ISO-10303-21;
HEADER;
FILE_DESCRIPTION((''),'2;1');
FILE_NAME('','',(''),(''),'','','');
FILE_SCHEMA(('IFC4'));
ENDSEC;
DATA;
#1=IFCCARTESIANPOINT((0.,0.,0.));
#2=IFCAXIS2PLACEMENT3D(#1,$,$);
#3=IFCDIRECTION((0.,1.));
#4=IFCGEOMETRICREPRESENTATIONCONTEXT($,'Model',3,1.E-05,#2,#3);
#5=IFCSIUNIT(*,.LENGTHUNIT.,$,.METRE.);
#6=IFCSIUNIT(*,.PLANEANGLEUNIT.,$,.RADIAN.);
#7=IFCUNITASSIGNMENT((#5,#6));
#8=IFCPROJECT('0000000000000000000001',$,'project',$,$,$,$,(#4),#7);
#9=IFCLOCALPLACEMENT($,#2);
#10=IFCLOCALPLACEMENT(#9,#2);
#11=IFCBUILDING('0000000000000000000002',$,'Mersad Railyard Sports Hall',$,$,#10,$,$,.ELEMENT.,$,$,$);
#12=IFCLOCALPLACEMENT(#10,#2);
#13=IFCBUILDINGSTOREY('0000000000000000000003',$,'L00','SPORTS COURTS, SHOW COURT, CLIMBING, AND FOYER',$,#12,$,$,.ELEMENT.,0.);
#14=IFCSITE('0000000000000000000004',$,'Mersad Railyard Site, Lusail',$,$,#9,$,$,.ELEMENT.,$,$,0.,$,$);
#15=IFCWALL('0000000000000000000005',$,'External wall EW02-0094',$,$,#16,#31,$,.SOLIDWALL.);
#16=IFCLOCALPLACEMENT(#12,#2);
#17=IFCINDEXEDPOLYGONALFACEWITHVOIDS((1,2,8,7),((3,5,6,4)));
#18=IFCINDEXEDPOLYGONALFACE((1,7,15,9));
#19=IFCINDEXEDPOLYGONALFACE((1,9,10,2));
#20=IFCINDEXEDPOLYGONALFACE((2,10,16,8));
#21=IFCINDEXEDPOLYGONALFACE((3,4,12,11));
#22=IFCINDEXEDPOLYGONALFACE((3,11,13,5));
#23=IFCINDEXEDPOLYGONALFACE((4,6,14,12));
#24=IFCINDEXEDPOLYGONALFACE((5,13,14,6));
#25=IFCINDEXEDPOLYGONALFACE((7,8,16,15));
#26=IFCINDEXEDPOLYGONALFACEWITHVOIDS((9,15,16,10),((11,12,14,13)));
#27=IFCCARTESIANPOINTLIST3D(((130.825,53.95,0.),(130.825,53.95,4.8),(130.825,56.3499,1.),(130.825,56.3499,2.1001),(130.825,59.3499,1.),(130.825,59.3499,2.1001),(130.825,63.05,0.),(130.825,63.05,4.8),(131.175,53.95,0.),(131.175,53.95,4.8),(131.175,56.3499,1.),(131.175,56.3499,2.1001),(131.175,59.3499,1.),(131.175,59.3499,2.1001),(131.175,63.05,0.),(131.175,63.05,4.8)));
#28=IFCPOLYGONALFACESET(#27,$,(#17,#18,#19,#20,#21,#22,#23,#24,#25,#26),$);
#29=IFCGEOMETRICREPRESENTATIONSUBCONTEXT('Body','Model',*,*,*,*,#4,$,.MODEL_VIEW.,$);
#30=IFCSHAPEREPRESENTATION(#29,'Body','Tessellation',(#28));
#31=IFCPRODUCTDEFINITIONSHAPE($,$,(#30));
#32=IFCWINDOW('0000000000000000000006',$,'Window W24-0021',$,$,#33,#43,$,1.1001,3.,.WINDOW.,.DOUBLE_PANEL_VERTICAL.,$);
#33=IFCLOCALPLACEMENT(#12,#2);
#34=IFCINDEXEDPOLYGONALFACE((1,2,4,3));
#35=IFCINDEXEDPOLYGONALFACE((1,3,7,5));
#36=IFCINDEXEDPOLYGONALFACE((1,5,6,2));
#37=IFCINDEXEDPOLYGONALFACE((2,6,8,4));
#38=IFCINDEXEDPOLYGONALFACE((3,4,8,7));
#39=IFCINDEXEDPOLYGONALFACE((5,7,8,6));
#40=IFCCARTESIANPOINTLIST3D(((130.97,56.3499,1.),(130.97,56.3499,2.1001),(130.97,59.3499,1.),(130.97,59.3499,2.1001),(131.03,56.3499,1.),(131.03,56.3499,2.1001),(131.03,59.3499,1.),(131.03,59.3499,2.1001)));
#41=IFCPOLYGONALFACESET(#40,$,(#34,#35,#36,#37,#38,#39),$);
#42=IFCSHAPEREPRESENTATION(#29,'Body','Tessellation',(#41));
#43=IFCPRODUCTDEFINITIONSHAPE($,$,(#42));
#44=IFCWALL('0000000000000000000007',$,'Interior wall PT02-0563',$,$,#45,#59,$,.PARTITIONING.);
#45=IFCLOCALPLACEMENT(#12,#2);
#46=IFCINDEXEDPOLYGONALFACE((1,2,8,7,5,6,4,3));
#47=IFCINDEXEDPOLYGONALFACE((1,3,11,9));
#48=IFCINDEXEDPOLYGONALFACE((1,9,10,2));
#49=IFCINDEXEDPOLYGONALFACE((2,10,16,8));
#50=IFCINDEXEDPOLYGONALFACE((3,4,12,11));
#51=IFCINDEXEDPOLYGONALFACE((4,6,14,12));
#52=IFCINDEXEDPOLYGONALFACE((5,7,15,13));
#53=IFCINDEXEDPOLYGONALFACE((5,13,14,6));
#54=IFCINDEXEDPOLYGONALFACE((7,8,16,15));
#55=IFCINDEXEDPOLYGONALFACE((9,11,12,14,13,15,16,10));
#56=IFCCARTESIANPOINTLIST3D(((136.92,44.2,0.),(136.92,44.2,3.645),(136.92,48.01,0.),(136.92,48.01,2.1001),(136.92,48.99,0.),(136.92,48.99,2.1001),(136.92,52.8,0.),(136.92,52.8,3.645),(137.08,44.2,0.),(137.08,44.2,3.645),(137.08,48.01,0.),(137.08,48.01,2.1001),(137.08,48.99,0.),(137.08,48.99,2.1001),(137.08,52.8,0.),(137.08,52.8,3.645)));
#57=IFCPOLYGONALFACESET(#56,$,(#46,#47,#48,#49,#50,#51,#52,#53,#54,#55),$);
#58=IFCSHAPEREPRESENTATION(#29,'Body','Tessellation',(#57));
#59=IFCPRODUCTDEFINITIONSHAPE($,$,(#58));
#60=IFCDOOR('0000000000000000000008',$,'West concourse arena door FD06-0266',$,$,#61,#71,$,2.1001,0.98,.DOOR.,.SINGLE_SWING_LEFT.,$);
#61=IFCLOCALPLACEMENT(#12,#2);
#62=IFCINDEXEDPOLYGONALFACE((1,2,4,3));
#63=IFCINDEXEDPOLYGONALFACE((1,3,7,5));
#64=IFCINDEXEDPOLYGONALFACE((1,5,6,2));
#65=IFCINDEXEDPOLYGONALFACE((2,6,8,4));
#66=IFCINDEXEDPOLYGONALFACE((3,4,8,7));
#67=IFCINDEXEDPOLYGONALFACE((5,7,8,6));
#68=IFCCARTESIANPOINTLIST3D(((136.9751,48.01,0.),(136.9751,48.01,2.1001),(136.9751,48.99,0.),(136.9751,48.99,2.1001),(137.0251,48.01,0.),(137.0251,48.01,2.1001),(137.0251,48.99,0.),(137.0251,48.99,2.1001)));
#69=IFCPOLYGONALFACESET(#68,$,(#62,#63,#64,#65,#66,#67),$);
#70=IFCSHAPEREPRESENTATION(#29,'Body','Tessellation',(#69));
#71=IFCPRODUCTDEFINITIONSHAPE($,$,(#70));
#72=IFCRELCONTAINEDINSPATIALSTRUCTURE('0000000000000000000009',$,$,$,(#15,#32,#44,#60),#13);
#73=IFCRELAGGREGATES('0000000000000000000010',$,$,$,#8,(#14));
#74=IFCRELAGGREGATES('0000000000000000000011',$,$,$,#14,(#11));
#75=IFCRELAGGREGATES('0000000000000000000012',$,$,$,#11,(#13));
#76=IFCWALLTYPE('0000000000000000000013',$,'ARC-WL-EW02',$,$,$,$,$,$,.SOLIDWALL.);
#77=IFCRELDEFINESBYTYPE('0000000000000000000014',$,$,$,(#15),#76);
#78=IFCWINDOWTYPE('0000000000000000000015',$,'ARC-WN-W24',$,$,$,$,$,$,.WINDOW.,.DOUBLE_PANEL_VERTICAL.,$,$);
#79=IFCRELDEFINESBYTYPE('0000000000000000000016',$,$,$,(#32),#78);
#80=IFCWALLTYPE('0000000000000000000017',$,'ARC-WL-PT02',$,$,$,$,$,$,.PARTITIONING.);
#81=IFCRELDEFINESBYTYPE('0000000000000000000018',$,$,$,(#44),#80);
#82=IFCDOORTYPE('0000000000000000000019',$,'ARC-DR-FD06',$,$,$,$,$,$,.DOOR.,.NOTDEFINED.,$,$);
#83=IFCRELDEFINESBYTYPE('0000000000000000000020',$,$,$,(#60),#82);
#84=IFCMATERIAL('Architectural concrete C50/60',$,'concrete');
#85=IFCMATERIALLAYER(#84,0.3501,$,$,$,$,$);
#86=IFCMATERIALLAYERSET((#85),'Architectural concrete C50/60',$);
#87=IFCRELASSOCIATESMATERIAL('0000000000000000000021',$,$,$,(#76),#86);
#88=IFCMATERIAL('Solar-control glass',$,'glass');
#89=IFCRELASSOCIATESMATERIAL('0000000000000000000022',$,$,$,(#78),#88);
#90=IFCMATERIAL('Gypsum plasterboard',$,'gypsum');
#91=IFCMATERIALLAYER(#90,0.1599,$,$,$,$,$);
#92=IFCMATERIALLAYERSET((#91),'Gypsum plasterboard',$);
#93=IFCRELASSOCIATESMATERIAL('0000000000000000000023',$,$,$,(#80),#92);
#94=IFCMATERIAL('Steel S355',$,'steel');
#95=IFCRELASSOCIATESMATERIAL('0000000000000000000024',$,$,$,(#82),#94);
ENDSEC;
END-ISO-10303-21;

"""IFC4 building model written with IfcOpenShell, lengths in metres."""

from ifc_helpers import new_model, si_unit, direction, frame, frame_2d, origin, place, context, subcontext, project, spatial, rectangle, extrude, material, layer, layer_set, type_object, element, fill, save


model = new_model("IFC4")

# Units and contexts
model_context = context("Model", 3, precision=1e-05, world=origin(), true_north=direction((0.0, 1.0)))
body_context = subcontext(model_context, "Body", "Model", "MODEL_VIEW")
ifc_project = project(units=[si_unit("LENGTHUNIT", "METRE"), si_unit("PLANEANGLEUNIT", "RADIAN")], contexts=[model_context])

# Site, building, storey
site_placement = place(None, origin())
site = spatial("IfcSite", under=ifc_project, at=site_placement, Name="Mersad Railyard Site, Lusail", CompositionType="ELEMENT", RefElevation=0.0)
building_placement = place(site_placement, origin())
building = spatial("IfcBuilding", under=site, at=building_placement, Name="Mersad Railyard Sports Hall", CompositionType="ELEMENT")
storey_placement = place(building_placement, origin())
storey = spatial("IfcBuildingStorey", under=building, at=storey_placement, Name="L00", Description="SPORTS COURTS, SHOW COURT, CLIMBING, AND FOYER", CompositionType="ELEMENT", Elevation=0.0)

# Wall, opening, window
ifc_material_1 = material(Name="Architectural concrete C50/60", Category="concrete")
ifc_layer_1 = layer(ifc_material_1, 0.3501)
ifc_layer_set_1 = layer_set([ifc_layer_1], Name="Architectural concrete C50/60")
wall_type_1 = type_object("IfcWallType", Name="ARC-WL-EW02", PredefinedType="SOLIDWALL", material=ifc_layer_set_1)
wall_1_placement = place(storey_placement, frame((131.0, 53.95, 0.0), z_axis=(0.0, 0.0, 1.0), x_axis=(0.0, 1.0, 0.0)))
wall_1 = element("IfcWall", 1, at=wall_1_placement, inside=storey, type_object=wall_type_1, Name="External wall EW02-0094", PredefinedType="SOLIDWALL", context=body_context, shape_type="SweptSolid", body=[
    extrude(rectangle(XDim=9.1001, YDim=0.3501, at=frame_2d((4.55, 0.0))), origin(), (0.0, 0.0, 1.0), 4.8),
])
opening_1_placement = place(wall_1_placement, frame((2.3999, 0.0, 1.0)))
opening_1 = element("IfcOpeningElement", 2, at=opening_1_placement, cuts=wall_1, PredefinedType="OPENING", context=body_context, shape_type="SweptSolid", body=[
    extrude(rectangle(XDim=3.0, YDim=1.1001, at=frame_2d((1.5, 0.55))), frame((0.0, 0.1851, 0.0), z_axis=(0.0, -1.0, 0.0), x_axis=(1.0, 0.0, 0.0)), (0.0, 0.0, 1.0), 0.3701),
])
ifc_material_2 = material(Name="Solar-control glass", Category="glass")
window_type = type_object("IfcWindowType", Name="ARC-WN-W24", PartitioningType="DOUBLE_PANEL_VERTICAL", PredefinedType="WINDOW", material=ifc_material_2)
window_placement = place(opening_1_placement, origin())
window = element("IfcWindow", 3, at=window_placement, inside=storey, type_object=window_type, Name="Window W24-0021", OverallHeight=1.1001, OverallWidth=3.0, PartitioningType="DOUBLE_PANEL_VERTICAL", PredefinedType="WINDOW", context=body_context, shape_type="SweptSolid", body=[
    extrude(rectangle(XDim=3.0, YDim=1.1001, at=frame_2d((1.5, 0.55))), frame((0.0, 0.03, 0.0), z_axis=(0.0, -1.0, 0.0), x_axis=(1.0, 0.0, 0.0)), (0.0, 0.0, 1.0), 0.0601),
])
fill(opening_1, window)

# Wall, opening, door
ifc_material_3 = material(Name="Gypsum plasterboard", Category="gypsum")
ifc_layer_2 = layer(ifc_material_3, 0.1599)
ifc_layer_set_2 = layer_set([ifc_layer_2], Name="Gypsum plasterboard")
wall_type_2 = type_object("IfcWallType", Name="ARC-WL-PT02", PredefinedType="PARTITIONING", material=ifc_layer_set_2)
wall_2_placement = place(storey_placement, frame((137.0, 44.2, 0.0), z_axis=(0.0, 0.0, 1.0), x_axis=(0.0, 1.0, 0.0)))
wall_2 = element("IfcWall", 4, at=wall_2_placement, inside=storey, type_object=wall_type_2, Name="Interior wall PT02-0563", PredefinedType="PARTITIONING", context=body_context, shape_type="SweptSolid", body=[
    extrude(rectangle(XDim=8.6001, YDim=0.1599, at=frame_2d((4.3, 0.0))), origin(), (0.0, 0.0, 1.0), 3.645),
])
opening_2_placement = place(wall_2_placement, frame((3.8101, 0.0, 0.0)))
opening_2 = element("IfcOpeningElement", 5, at=opening_2_placement, cuts=wall_2, PredefinedType="OPENING", context=body_context, shape_type="SweptSolid", body=[
    extrude(rectangle(XDim=0.98, YDim=2.1001, at=frame_2d((0.49, 1.05))), frame((0.0, 0.0898, 0.0), z_axis=(0.0, -1.0, 0.0), x_axis=(1.0, 0.0, 0.0)), (0.0, 0.0, 1.0), 0.1799),
])
ifc_material_4 = material(Name="Steel S355", Category="steel")
door_type = type_object("IfcDoorType", Name="ARC-DR-FD06", OperationType="NOTDEFINED", PredefinedType="DOOR", material=ifc_material_4)
door_placement = place(opening_2_placement, origin())
door = element("IfcDoor", 6, at=door_placement, inside=storey, type_object=door_type, Name="West concourse arena door FD06-0266", OperationType="SINGLE_SWING_LEFT", OverallHeight=2.1001, OverallWidth=0.98, PredefinedType="DOOR", context=body_context, shape_type="SweptSolid", body=[
    extrude(rectangle(XDim=0.98, YDim=2.1001, at=frame_2d((0.49, 1.05))), frame((0.0, 0.0249, 0.0), z_axis=(0.0, -1.0, 0.0), x_axis=(1.0, 0.0, 0.0)), (0.0, 0.0, 1.0), 0.05),
])
fill(opening_2, door)

save(model, "model.ifc")
